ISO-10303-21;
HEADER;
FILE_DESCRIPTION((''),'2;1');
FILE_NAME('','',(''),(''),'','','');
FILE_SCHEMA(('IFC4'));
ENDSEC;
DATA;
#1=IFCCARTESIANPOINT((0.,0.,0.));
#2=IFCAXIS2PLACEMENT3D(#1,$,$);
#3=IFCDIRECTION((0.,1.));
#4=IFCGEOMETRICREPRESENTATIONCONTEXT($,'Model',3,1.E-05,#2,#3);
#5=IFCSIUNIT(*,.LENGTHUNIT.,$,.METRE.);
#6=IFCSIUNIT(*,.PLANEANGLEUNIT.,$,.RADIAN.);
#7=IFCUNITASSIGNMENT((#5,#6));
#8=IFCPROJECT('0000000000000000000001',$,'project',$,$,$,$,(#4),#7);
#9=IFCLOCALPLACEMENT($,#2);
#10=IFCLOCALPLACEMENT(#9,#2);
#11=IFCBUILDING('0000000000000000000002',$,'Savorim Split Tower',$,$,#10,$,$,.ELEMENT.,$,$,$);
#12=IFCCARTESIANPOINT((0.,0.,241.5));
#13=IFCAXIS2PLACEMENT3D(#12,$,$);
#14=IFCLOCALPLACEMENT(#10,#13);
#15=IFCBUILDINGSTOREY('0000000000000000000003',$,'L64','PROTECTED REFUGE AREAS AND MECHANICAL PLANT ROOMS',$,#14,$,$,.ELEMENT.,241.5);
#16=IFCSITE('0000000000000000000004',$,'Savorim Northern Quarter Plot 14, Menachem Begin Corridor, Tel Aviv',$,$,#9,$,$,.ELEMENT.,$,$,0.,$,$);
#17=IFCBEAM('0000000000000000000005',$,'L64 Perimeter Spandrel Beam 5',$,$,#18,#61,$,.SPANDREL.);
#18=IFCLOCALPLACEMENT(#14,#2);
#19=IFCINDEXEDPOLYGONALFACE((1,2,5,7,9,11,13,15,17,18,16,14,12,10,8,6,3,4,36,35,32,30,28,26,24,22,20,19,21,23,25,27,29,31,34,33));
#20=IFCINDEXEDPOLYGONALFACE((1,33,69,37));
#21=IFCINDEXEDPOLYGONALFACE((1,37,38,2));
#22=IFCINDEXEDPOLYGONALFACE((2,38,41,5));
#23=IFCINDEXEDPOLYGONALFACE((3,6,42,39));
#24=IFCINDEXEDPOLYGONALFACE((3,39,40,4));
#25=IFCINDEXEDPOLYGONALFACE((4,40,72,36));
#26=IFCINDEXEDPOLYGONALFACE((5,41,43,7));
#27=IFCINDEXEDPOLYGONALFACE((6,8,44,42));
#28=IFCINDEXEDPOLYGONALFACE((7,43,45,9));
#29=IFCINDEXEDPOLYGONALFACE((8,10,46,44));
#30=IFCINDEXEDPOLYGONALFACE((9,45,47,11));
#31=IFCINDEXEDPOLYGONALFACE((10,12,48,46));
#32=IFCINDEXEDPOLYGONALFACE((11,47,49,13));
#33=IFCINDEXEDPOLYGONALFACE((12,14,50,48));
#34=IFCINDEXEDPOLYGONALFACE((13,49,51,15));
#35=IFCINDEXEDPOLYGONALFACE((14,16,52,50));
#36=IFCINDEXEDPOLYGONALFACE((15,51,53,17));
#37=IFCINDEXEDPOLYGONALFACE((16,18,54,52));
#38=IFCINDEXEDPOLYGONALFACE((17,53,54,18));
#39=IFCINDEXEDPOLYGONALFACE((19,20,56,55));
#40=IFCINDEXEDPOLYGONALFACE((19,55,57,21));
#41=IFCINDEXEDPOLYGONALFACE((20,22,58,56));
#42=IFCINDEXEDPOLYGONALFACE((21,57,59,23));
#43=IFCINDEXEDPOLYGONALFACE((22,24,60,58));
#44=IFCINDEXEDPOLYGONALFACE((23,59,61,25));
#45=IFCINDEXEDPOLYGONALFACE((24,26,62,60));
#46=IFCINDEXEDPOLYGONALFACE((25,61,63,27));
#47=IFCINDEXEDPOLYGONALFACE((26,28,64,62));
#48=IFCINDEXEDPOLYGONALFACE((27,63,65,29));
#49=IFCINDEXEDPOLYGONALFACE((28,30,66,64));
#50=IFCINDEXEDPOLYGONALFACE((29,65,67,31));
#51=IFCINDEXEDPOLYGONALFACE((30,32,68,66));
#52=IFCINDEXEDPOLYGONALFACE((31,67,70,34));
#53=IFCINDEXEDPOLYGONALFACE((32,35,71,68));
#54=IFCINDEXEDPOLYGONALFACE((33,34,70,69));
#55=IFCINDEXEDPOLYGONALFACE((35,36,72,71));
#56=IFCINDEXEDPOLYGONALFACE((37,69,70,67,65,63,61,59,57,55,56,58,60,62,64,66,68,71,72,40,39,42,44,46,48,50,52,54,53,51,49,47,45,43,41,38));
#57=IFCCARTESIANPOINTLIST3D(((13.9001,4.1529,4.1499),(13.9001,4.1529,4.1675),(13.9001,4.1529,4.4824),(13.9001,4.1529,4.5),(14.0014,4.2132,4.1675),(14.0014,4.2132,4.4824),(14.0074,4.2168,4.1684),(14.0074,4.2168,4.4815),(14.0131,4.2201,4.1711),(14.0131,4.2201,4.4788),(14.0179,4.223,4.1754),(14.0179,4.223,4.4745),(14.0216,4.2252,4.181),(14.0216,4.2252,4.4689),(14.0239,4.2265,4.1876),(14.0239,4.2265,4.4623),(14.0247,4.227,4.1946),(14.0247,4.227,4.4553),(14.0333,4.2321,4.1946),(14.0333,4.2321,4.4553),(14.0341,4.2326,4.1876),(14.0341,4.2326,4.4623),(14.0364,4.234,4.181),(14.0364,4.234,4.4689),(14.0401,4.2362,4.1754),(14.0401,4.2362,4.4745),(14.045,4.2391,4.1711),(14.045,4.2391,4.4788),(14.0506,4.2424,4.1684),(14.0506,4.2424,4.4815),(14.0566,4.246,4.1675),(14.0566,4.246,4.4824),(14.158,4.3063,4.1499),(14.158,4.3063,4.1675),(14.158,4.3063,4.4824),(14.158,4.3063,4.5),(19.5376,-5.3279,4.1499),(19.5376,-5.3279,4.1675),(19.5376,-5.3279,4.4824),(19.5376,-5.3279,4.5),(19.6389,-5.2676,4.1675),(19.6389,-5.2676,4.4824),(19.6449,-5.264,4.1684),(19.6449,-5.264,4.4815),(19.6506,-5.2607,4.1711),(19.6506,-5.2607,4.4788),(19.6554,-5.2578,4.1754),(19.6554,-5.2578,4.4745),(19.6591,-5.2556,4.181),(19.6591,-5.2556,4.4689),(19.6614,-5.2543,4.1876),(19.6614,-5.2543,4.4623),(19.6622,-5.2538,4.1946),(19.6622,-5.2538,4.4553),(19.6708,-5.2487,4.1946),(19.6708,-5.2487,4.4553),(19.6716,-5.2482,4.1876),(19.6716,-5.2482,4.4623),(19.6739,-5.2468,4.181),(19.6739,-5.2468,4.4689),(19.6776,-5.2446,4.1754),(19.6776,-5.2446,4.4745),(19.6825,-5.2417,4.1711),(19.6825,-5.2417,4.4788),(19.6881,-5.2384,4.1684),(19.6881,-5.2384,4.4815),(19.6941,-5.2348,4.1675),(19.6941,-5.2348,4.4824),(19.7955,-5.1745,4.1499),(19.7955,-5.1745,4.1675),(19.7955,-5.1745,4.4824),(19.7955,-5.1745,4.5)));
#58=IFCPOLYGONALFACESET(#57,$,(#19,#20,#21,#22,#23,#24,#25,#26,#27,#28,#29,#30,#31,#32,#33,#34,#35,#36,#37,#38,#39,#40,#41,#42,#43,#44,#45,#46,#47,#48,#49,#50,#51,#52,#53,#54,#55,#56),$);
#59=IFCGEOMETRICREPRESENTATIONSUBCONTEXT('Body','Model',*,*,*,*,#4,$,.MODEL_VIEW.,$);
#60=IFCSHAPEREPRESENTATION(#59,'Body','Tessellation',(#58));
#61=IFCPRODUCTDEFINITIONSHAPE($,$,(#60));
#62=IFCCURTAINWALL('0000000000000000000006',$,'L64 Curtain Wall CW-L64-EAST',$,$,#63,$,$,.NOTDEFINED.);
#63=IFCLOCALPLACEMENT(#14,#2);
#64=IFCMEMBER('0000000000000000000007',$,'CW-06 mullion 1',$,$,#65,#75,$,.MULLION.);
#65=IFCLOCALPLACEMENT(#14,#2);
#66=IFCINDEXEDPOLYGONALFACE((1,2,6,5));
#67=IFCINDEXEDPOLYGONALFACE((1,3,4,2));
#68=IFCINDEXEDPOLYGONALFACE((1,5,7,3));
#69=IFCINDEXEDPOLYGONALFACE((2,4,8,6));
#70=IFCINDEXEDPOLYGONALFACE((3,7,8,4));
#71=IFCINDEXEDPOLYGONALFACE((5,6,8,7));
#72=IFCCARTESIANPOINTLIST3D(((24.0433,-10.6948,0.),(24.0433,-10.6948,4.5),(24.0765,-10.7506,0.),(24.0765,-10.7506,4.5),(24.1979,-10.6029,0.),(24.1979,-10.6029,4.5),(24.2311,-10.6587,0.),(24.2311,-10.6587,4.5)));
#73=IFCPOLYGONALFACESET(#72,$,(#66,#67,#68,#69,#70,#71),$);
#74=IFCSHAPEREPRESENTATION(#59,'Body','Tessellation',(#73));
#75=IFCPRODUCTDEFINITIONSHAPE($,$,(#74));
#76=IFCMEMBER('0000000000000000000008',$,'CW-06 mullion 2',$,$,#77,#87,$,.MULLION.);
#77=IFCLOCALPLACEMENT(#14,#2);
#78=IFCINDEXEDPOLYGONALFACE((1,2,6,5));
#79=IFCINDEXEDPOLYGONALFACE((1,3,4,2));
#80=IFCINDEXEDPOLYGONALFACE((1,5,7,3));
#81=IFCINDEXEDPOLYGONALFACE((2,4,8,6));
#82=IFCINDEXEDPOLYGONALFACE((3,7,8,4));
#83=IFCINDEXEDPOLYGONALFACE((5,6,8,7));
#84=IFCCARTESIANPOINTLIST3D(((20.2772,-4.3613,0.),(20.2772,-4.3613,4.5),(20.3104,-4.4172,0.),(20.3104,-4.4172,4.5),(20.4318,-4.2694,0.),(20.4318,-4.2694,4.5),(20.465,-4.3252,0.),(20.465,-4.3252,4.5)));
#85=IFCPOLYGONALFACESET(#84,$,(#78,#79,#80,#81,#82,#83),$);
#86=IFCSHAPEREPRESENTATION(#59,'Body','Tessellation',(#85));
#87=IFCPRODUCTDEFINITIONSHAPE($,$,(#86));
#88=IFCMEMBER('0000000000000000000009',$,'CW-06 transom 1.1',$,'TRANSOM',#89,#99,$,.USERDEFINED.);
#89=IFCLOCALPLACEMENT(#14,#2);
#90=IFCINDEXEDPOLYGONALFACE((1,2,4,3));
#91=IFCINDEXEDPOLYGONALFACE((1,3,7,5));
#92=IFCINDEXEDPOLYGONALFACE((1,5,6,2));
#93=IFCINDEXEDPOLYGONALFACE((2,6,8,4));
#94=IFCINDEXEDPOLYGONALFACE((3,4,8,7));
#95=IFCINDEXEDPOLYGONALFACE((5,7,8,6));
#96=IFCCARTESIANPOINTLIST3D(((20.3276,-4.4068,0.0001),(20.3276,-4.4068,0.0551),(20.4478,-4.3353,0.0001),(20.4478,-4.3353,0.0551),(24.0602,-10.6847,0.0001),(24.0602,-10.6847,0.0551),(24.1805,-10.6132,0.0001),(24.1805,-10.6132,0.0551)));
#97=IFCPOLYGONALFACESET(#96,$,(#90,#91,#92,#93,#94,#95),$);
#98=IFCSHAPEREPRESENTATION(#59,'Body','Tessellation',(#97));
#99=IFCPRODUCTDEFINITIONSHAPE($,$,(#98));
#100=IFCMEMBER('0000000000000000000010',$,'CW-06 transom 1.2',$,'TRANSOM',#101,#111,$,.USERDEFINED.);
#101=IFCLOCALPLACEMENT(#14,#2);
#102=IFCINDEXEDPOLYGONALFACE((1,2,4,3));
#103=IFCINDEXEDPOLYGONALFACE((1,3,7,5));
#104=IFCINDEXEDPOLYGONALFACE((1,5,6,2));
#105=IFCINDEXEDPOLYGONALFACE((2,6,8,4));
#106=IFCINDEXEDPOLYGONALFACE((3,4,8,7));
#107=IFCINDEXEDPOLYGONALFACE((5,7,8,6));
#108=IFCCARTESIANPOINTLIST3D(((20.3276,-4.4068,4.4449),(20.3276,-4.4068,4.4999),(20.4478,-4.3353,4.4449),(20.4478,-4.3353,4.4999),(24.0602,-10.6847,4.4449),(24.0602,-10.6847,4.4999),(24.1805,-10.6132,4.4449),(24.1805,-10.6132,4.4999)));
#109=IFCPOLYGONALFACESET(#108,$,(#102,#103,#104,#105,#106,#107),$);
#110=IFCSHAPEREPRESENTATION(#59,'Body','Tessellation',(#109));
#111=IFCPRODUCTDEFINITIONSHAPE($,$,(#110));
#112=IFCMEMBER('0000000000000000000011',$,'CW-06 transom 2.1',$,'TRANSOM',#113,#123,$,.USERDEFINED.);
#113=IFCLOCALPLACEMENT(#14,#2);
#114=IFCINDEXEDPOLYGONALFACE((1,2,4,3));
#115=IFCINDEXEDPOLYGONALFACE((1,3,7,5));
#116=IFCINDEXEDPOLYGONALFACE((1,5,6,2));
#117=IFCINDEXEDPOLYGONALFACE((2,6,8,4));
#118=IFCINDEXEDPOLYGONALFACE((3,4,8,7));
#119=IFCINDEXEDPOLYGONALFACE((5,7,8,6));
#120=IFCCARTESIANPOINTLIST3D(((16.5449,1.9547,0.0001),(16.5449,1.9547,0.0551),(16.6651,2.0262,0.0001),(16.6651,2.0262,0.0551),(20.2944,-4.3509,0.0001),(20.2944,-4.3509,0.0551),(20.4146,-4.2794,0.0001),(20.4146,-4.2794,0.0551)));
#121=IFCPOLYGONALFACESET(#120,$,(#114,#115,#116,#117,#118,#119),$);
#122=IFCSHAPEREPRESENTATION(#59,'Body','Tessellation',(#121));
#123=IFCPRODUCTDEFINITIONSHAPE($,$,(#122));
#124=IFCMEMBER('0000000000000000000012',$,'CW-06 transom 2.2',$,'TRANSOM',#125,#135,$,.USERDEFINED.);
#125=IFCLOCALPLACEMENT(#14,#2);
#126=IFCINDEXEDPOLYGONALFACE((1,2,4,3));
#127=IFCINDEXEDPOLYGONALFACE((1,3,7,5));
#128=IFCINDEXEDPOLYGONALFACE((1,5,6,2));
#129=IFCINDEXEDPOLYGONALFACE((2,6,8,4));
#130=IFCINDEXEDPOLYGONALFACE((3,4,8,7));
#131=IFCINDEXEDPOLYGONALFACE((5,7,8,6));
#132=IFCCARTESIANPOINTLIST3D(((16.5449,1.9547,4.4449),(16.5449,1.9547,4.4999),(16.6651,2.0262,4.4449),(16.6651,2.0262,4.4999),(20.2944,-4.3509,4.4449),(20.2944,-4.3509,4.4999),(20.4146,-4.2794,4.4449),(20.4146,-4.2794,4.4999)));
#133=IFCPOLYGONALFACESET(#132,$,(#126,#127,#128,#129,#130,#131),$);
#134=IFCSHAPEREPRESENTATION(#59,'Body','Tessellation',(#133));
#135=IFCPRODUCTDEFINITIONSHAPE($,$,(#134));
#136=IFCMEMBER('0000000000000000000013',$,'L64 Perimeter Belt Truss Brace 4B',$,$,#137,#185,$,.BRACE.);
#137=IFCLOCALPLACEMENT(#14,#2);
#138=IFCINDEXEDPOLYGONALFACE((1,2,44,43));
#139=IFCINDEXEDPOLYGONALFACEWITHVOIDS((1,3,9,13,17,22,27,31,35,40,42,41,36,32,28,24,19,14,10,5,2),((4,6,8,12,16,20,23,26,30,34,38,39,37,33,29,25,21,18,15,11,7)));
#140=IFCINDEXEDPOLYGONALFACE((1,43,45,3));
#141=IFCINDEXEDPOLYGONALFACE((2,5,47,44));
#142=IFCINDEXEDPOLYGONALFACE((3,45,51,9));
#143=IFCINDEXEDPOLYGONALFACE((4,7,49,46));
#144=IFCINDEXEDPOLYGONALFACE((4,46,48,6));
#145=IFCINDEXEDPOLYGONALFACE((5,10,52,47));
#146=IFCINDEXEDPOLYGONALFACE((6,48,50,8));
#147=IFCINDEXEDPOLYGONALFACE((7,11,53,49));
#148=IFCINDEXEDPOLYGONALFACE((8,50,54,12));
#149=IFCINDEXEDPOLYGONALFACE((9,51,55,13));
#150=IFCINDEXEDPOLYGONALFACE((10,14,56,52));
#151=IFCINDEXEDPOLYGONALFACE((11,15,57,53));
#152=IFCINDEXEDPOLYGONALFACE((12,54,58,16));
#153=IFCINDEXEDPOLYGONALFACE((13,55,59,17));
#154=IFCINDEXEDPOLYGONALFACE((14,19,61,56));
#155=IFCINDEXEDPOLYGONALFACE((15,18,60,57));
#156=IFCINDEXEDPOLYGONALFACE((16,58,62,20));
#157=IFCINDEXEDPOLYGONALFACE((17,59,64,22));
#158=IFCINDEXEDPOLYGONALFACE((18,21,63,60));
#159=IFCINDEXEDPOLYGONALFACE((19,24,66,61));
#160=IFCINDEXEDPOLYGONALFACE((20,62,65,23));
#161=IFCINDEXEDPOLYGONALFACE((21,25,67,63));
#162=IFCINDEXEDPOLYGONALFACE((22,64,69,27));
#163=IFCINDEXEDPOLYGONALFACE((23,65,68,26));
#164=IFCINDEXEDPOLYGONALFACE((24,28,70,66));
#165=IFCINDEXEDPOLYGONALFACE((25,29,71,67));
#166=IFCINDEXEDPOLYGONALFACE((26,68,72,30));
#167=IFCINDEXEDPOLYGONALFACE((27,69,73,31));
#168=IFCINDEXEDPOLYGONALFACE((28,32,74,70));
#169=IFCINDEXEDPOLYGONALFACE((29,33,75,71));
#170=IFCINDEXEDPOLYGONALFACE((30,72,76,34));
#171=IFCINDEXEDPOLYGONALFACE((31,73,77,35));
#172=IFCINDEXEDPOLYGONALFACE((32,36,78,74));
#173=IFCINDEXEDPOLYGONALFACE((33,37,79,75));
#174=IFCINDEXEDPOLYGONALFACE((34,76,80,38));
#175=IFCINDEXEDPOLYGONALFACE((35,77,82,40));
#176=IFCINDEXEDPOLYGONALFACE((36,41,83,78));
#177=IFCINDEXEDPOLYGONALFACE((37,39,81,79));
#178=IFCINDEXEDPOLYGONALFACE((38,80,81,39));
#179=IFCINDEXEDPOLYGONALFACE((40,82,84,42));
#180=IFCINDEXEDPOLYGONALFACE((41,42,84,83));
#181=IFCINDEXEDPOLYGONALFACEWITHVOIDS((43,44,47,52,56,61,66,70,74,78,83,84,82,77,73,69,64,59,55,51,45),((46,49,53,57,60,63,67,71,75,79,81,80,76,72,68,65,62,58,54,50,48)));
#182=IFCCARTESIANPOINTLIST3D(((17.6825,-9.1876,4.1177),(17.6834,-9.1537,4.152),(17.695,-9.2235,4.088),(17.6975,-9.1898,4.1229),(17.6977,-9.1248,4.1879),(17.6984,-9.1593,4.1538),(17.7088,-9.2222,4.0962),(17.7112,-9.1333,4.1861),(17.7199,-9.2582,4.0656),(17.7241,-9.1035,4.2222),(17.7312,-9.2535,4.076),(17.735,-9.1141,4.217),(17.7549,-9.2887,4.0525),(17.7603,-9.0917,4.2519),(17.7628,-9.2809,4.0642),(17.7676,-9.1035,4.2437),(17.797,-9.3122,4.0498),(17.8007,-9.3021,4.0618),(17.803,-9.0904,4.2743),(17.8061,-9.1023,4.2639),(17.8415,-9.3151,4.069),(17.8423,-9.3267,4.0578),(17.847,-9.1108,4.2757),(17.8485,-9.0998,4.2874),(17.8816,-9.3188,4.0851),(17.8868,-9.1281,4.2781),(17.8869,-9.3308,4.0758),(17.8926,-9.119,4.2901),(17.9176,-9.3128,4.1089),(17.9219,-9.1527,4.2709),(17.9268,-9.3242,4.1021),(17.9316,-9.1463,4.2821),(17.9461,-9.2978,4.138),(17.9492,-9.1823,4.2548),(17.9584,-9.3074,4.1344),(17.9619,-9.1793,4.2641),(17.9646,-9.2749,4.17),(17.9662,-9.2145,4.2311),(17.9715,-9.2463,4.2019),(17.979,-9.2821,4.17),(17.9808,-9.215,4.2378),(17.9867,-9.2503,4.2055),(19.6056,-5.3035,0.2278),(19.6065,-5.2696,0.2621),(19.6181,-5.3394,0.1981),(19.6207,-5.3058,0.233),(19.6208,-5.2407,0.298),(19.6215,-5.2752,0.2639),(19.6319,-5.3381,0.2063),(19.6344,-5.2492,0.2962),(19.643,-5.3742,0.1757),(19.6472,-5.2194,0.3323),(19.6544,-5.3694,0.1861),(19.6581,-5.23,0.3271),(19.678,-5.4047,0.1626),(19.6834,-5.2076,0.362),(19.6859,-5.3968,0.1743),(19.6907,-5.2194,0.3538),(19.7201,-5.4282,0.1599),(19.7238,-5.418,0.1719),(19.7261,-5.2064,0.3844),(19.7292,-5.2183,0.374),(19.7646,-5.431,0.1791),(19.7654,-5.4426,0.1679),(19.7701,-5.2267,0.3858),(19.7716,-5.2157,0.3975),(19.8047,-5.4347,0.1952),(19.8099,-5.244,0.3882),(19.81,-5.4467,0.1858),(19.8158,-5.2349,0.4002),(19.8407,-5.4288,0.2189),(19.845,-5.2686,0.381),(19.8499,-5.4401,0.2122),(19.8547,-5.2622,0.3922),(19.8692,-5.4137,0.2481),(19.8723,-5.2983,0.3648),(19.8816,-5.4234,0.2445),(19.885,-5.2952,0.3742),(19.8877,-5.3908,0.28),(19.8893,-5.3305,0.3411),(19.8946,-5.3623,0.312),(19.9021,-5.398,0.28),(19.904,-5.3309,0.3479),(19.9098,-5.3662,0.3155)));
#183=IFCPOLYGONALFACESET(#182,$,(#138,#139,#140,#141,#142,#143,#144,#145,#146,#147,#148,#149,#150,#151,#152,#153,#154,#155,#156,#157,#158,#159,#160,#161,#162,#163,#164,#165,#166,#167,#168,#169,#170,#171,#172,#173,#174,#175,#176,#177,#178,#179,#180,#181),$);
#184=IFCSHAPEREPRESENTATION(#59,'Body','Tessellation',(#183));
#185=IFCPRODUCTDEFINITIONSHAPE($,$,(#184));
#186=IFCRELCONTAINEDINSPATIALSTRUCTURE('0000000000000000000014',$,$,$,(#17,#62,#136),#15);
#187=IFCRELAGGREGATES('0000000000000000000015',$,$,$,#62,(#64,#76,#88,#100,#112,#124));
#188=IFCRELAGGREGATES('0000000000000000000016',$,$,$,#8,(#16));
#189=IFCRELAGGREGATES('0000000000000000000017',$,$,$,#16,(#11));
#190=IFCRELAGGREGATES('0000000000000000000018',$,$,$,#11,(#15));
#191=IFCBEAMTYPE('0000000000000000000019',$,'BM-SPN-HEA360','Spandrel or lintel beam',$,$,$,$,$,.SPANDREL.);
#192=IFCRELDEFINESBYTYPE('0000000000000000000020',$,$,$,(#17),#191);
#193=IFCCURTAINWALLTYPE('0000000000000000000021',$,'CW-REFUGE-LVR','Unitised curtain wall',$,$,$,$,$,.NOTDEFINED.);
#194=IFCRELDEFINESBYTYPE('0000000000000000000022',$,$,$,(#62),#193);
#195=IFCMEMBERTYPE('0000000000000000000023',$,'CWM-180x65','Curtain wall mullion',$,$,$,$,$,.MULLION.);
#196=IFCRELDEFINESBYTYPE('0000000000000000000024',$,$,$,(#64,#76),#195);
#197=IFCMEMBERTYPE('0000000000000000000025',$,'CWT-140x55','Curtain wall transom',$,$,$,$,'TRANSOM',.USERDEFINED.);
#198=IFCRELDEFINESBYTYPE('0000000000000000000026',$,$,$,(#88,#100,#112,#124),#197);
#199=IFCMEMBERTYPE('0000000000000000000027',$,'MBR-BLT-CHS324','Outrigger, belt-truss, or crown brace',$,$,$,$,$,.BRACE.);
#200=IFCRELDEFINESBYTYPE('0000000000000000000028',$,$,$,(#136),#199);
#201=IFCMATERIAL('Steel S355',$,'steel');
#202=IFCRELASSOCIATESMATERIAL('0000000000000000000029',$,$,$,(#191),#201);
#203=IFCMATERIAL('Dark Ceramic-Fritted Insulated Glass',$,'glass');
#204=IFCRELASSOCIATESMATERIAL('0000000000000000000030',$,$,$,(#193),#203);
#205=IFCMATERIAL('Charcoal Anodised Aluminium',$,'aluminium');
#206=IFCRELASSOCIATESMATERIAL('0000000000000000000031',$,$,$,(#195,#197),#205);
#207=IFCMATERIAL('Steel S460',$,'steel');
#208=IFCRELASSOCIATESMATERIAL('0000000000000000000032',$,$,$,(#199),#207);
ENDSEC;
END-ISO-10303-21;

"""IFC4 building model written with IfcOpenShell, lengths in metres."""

from ifc_helpers import new_model, si_unit, direction, frame, origin, origin_2d, place, context, subcontext, project, spatial, rectangle, hollow_circle, i_section, extrude, material, material_profile, profile_set, type_object, element, aggregate, save


model = new_model("IFC4")

# Units and contexts
model_context = context("Model", 3, precision=1e-05, world=origin(), true_north=direction((0.0, 1.0)))
body_context = subcontext(model_context, "Body", "Model", "MODEL_VIEW")
ifc_project = project(units=[si_unit("LENGTHUNIT", "METRE"), si_unit("PLANEANGLEUNIT", "RADIAN")], contexts=[model_context])

# Site, building, storey
site_placement = place(None, origin())
site = spatial("IfcSite", under=ifc_project, at=site_placement, Name="Savorim Northern Quarter Plot 14, Menachem Begin Corridor, Tel Aviv", CompositionType="ELEMENT", RefElevation=0.0)
building_placement = place(site_placement, origin())
building = spatial("IfcBuilding", under=site, at=building_placement, Name="Savorim Split Tower", CompositionType="ELEMENT")
storey_placement = place(building_placement, frame((0.0, 0.0, 241.5)))
storey = spatial("IfcBuildingStorey", under=building, at=storey_placement, Name="L64", Description="PROTECTED REFUGE AREAS AND MECHANICAL PLANT ROOMS", CompositionType="ELEMENT", Elevation=241.5)

# Shared definitions
ifc_material_1 = material(Name="Steel S355", Category="steel")

# Beam
ifc_material_profile_1 = material_profile(ifc_material_1, i_section(OverallWidth=0.3, OverallDepth=0.3501, WebThickness=0.01, FlangeThickness=0.0176, FilletRadius=0.0271, at=origin_2d()), Name="HEA 360")
ifc_profile_set_1 = profile_set([ifc_material_profile_1], Name="Steel S355")
beam_type_1 = type_object("IfcBeamType", Name="BM-SPN-HEA360", Description="Spandrel or lintel beam", PredefinedType="SPANDREL", material=ifc_profile_set_1)
beam_1_placement = place(storey_placement, frame((19.6665, -5.2512, 4.325), z_axis=(-0.511094, 0.859525, 0.0), x_axis=(-0.859525, -0.511094, 0.0)))
element("IfcBeam", 1, at=beam_1_placement, inside=storey, type_object=beam_type_1, Name="L64 Perimeter Spandrel Beam 5", PredefinedType="SPANDREL", context=body_context, shape_type="SweptSolid", body=[
    extrude(i_section(OverallWidth=0.3, OverallDepth=0.3501, WebThickness=0.01, FlangeThickness=0.0176, FilletRadius=0.0271, at=origin_2d()), origin(), (0.0, 0.0, 1.0), 11.0303),
])

# Curtain wall, members
ifc_material_2 = material(Name="Dark Ceramic-Fritted Insulated Glass", Category="glass")
curtain_wall_type = type_object("IfcCurtainWallType", Name="CW-REFUGE-LVR", Description="Unitised curtain wall", PredefinedType="NOTDEFINED", material=ifc_material_2)
curtain_wall_placement = place(storey_placement, origin())
curtain_wall = element("IfcCurtainWall", 2, at=curtain_wall_placement, inside=storey, type_object=curtain_wall_type, Name="L64 Curtain Wall CW-L64-EAST", PredefinedType="NOTDEFINED")
ifc_material_3 = material(Name="Charcoal Anodised Aluminium", Category="aluminium")
ifc_material_profile_2 = material_profile(ifc_material_3, rectangle(XDim=0.1799, YDim=0.0649, at=origin_2d()), Name="ALU-M 180x65")
ifc_profile_set_2 = profile_set([ifc_material_profile_2], Name="Charcoal Anodised Aluminium")
member_type_1 = type_object("IfcMemberType", Name="CWM-180x65", Description="Curtain wall mullion", PredefinedType="MULLION", material=ifc_profile_set_2)
member_1_placement = place(storey_placement, frame((24.1372, -10.6768, 0.0), z_axis=(0.0, 0.0, 1.0), x_axis=(-0.859527, -0.51109, 0.0)))
member_1 = element("IfcMember", 3, at=member_1_placement, type_object=member_type_1, Name="CW-06 mullion 1", PredefinedType="MULLION", context=body_context, shape_type="SweptSolid", body=[
    extrude(rectangle(XDim=0.1799, YDim=0.0649, at=origin_2d()), origin(), (0.0, 0.0, 1.0), 4.5),
])
member_2_placement = place(storey_placement, frame((20.3711, -4.3433, 0.0), z_axis=(0.0, 0.0, 1.0), x_axis=(-0.859527, -0.51109, 0.0)))
member_2 = element("IfcMember", 4, at=member_2_placement, type_object=member_type_1, Name="CW-06 mullion 2", PredefinedType="MULLION", context=body_context, shape_type="SweptSolid", body=[
    extrude(rectangle(XDim=0.1799, YDim=0.0649, at=origin_2d()), origin(), (0.0, 0.0, 1.0), 4.5),
])
ifc_material_profile_3 = material_profile(ifc_material_3, rectangle(XDim=0.1399, YDim=0.0549, at=origin_2d()), Name="ALU-T 140x55")
ifc_profile_set_3 = profile_set([ifc_material_profile_3], Name="Charcoal Anodised Aluminium")
member_type_2 = type_object("IfcMemberType", Name="CWT-140x55", Description="Curtain wall transom", ElementType="TRANSOM", PredefinedType="USERDEFINED", material=ifc_profile_set_3)
member_3_placement = place(storey_placement, frame((24.1204, -10.6489, 0.0276), z_axis=(-0.511065, 0.859542, 0.0), x_axis=(-0.859542, -0.511065, 0.0)))
member_3 = element("IfcMember", 5, at=member_3_placement, type_object=member_type_2, Name="CW-06 transom 1.1", ObjectType="TRANSOM", PredefinedType="USERDEFINED", context=body_context, shape_type="SweptSolid", body=[
    extrude(rectangle(XDim=0.1399, YDim=0.0549, at=origin_2d()), origin(), (0.0, 0.0, 1.0), 7.3037),
])
member_4_placement = place(storey_placement, frame((24.1204, -10.6489, 4.4724), z_axis=(-0.511065, 0.859542, 0.0), x_axis=(-0.859542, -0.511065, 0.0)))
member_4 = element("IfcMember", 6, at=member_4_placement, type_object=member_type_2, Name="CW-06 transom 1.2", ObjectType="TRANSOM", PredefinedType="USERDEFINED", context=body_context, shape_type="SweptSolid", body=[
    extrude(rectangle(XDim=0.1399, YDim=0.0549, at=origin_2d()), origin(), (0.0, 0.0, 1.0), 7.3037),
])
member_5_placement = place(storey_placement, frame((20.3545, -4.3152, 0.0276), z_axis=(-0.511095, 0.859524, 0.0), x_axis=(-0.859524, -0.511095, 0.0)))
member_5 = element("IfcMember", 7, at=member_5_placement, type_object=member_type_2, Name="CW-06 transom 2.1", ObjectType="TRANSOM", PredefinedType="USERDEFINED", context=body_context, shape_type="SweptSolid", body=[
    extrude(rectangle(XDim=0.1399, YDim=0.0549, at=origin_2d()), origin(), (0.0, 0.0, 1.0), 7.3362),
])
member_6_placement = place(storey_placement, frame((20.3545, -4.3152, 4.4724), z_axis=(-0.511095, 0.859524, 0.0), x_axis=(-0.859524, -0.511095, 0.0)))
member_6 = element("IfcMember", 8, at=member_6_placement, type_object=member_type_2, Name="CW-06 transom 2.2", ObjectType="TRANSOM", PredefinedType="USERDEFINED", context=body_context, shape_type="SweptSolid", body=[
    extrude(rectangle(XDim=0.1399, YDim=0.0549, at=origin_2d()), origin(), (0.0, 0.0, 1.0), 7.3362),
])

# Member
ifc_material_4 = material(Name="Steel S460", Category="steel")
ifc_material_profile_4 = material_profile(ifc_material_4, hollow_circle(Radius=0.1619, WallThickness=0.0161, at=origin_2d()), Name="CHS 323.9x16")
ifc_profile_set_4 = profile_set([ifc_material_profile_4], Name="Steel S460")
member_type_3 = type_object("IfcMemberType", Name="MBR-BLT-CHS324", Description="Outrigger, belt-truss, or crown brace", PredefinedType="BRACE", material=ifc_profile_set_4)
member_7_placement = place(storey_placement, frame((19.7571, -5.3262, 0.28), z_axis=(-0.33022, -0.666938, 0.667944), x_axis=(0.896167, -0.443718, 0.0)))
element("IfcMember", 9, at=member_7_placement, inside=storey, type_object=member_type_3, Name="L64 Perimeter Belt Truss Brace 4B", PredefinedType="BRACE", context=body_context, shape_type="SweptSolid", body=[
    extrude(hollow_circle(Radius=0.1619, WallThickness=0.0161, at=origin_2d()), origin(), (0.0, 0.0, 1.0), 5.8237),
])

aggregate(curtain_wall, [member_1, member_2, member_3, member_4, member_5, member_6])

save(model, "model.ifc")
